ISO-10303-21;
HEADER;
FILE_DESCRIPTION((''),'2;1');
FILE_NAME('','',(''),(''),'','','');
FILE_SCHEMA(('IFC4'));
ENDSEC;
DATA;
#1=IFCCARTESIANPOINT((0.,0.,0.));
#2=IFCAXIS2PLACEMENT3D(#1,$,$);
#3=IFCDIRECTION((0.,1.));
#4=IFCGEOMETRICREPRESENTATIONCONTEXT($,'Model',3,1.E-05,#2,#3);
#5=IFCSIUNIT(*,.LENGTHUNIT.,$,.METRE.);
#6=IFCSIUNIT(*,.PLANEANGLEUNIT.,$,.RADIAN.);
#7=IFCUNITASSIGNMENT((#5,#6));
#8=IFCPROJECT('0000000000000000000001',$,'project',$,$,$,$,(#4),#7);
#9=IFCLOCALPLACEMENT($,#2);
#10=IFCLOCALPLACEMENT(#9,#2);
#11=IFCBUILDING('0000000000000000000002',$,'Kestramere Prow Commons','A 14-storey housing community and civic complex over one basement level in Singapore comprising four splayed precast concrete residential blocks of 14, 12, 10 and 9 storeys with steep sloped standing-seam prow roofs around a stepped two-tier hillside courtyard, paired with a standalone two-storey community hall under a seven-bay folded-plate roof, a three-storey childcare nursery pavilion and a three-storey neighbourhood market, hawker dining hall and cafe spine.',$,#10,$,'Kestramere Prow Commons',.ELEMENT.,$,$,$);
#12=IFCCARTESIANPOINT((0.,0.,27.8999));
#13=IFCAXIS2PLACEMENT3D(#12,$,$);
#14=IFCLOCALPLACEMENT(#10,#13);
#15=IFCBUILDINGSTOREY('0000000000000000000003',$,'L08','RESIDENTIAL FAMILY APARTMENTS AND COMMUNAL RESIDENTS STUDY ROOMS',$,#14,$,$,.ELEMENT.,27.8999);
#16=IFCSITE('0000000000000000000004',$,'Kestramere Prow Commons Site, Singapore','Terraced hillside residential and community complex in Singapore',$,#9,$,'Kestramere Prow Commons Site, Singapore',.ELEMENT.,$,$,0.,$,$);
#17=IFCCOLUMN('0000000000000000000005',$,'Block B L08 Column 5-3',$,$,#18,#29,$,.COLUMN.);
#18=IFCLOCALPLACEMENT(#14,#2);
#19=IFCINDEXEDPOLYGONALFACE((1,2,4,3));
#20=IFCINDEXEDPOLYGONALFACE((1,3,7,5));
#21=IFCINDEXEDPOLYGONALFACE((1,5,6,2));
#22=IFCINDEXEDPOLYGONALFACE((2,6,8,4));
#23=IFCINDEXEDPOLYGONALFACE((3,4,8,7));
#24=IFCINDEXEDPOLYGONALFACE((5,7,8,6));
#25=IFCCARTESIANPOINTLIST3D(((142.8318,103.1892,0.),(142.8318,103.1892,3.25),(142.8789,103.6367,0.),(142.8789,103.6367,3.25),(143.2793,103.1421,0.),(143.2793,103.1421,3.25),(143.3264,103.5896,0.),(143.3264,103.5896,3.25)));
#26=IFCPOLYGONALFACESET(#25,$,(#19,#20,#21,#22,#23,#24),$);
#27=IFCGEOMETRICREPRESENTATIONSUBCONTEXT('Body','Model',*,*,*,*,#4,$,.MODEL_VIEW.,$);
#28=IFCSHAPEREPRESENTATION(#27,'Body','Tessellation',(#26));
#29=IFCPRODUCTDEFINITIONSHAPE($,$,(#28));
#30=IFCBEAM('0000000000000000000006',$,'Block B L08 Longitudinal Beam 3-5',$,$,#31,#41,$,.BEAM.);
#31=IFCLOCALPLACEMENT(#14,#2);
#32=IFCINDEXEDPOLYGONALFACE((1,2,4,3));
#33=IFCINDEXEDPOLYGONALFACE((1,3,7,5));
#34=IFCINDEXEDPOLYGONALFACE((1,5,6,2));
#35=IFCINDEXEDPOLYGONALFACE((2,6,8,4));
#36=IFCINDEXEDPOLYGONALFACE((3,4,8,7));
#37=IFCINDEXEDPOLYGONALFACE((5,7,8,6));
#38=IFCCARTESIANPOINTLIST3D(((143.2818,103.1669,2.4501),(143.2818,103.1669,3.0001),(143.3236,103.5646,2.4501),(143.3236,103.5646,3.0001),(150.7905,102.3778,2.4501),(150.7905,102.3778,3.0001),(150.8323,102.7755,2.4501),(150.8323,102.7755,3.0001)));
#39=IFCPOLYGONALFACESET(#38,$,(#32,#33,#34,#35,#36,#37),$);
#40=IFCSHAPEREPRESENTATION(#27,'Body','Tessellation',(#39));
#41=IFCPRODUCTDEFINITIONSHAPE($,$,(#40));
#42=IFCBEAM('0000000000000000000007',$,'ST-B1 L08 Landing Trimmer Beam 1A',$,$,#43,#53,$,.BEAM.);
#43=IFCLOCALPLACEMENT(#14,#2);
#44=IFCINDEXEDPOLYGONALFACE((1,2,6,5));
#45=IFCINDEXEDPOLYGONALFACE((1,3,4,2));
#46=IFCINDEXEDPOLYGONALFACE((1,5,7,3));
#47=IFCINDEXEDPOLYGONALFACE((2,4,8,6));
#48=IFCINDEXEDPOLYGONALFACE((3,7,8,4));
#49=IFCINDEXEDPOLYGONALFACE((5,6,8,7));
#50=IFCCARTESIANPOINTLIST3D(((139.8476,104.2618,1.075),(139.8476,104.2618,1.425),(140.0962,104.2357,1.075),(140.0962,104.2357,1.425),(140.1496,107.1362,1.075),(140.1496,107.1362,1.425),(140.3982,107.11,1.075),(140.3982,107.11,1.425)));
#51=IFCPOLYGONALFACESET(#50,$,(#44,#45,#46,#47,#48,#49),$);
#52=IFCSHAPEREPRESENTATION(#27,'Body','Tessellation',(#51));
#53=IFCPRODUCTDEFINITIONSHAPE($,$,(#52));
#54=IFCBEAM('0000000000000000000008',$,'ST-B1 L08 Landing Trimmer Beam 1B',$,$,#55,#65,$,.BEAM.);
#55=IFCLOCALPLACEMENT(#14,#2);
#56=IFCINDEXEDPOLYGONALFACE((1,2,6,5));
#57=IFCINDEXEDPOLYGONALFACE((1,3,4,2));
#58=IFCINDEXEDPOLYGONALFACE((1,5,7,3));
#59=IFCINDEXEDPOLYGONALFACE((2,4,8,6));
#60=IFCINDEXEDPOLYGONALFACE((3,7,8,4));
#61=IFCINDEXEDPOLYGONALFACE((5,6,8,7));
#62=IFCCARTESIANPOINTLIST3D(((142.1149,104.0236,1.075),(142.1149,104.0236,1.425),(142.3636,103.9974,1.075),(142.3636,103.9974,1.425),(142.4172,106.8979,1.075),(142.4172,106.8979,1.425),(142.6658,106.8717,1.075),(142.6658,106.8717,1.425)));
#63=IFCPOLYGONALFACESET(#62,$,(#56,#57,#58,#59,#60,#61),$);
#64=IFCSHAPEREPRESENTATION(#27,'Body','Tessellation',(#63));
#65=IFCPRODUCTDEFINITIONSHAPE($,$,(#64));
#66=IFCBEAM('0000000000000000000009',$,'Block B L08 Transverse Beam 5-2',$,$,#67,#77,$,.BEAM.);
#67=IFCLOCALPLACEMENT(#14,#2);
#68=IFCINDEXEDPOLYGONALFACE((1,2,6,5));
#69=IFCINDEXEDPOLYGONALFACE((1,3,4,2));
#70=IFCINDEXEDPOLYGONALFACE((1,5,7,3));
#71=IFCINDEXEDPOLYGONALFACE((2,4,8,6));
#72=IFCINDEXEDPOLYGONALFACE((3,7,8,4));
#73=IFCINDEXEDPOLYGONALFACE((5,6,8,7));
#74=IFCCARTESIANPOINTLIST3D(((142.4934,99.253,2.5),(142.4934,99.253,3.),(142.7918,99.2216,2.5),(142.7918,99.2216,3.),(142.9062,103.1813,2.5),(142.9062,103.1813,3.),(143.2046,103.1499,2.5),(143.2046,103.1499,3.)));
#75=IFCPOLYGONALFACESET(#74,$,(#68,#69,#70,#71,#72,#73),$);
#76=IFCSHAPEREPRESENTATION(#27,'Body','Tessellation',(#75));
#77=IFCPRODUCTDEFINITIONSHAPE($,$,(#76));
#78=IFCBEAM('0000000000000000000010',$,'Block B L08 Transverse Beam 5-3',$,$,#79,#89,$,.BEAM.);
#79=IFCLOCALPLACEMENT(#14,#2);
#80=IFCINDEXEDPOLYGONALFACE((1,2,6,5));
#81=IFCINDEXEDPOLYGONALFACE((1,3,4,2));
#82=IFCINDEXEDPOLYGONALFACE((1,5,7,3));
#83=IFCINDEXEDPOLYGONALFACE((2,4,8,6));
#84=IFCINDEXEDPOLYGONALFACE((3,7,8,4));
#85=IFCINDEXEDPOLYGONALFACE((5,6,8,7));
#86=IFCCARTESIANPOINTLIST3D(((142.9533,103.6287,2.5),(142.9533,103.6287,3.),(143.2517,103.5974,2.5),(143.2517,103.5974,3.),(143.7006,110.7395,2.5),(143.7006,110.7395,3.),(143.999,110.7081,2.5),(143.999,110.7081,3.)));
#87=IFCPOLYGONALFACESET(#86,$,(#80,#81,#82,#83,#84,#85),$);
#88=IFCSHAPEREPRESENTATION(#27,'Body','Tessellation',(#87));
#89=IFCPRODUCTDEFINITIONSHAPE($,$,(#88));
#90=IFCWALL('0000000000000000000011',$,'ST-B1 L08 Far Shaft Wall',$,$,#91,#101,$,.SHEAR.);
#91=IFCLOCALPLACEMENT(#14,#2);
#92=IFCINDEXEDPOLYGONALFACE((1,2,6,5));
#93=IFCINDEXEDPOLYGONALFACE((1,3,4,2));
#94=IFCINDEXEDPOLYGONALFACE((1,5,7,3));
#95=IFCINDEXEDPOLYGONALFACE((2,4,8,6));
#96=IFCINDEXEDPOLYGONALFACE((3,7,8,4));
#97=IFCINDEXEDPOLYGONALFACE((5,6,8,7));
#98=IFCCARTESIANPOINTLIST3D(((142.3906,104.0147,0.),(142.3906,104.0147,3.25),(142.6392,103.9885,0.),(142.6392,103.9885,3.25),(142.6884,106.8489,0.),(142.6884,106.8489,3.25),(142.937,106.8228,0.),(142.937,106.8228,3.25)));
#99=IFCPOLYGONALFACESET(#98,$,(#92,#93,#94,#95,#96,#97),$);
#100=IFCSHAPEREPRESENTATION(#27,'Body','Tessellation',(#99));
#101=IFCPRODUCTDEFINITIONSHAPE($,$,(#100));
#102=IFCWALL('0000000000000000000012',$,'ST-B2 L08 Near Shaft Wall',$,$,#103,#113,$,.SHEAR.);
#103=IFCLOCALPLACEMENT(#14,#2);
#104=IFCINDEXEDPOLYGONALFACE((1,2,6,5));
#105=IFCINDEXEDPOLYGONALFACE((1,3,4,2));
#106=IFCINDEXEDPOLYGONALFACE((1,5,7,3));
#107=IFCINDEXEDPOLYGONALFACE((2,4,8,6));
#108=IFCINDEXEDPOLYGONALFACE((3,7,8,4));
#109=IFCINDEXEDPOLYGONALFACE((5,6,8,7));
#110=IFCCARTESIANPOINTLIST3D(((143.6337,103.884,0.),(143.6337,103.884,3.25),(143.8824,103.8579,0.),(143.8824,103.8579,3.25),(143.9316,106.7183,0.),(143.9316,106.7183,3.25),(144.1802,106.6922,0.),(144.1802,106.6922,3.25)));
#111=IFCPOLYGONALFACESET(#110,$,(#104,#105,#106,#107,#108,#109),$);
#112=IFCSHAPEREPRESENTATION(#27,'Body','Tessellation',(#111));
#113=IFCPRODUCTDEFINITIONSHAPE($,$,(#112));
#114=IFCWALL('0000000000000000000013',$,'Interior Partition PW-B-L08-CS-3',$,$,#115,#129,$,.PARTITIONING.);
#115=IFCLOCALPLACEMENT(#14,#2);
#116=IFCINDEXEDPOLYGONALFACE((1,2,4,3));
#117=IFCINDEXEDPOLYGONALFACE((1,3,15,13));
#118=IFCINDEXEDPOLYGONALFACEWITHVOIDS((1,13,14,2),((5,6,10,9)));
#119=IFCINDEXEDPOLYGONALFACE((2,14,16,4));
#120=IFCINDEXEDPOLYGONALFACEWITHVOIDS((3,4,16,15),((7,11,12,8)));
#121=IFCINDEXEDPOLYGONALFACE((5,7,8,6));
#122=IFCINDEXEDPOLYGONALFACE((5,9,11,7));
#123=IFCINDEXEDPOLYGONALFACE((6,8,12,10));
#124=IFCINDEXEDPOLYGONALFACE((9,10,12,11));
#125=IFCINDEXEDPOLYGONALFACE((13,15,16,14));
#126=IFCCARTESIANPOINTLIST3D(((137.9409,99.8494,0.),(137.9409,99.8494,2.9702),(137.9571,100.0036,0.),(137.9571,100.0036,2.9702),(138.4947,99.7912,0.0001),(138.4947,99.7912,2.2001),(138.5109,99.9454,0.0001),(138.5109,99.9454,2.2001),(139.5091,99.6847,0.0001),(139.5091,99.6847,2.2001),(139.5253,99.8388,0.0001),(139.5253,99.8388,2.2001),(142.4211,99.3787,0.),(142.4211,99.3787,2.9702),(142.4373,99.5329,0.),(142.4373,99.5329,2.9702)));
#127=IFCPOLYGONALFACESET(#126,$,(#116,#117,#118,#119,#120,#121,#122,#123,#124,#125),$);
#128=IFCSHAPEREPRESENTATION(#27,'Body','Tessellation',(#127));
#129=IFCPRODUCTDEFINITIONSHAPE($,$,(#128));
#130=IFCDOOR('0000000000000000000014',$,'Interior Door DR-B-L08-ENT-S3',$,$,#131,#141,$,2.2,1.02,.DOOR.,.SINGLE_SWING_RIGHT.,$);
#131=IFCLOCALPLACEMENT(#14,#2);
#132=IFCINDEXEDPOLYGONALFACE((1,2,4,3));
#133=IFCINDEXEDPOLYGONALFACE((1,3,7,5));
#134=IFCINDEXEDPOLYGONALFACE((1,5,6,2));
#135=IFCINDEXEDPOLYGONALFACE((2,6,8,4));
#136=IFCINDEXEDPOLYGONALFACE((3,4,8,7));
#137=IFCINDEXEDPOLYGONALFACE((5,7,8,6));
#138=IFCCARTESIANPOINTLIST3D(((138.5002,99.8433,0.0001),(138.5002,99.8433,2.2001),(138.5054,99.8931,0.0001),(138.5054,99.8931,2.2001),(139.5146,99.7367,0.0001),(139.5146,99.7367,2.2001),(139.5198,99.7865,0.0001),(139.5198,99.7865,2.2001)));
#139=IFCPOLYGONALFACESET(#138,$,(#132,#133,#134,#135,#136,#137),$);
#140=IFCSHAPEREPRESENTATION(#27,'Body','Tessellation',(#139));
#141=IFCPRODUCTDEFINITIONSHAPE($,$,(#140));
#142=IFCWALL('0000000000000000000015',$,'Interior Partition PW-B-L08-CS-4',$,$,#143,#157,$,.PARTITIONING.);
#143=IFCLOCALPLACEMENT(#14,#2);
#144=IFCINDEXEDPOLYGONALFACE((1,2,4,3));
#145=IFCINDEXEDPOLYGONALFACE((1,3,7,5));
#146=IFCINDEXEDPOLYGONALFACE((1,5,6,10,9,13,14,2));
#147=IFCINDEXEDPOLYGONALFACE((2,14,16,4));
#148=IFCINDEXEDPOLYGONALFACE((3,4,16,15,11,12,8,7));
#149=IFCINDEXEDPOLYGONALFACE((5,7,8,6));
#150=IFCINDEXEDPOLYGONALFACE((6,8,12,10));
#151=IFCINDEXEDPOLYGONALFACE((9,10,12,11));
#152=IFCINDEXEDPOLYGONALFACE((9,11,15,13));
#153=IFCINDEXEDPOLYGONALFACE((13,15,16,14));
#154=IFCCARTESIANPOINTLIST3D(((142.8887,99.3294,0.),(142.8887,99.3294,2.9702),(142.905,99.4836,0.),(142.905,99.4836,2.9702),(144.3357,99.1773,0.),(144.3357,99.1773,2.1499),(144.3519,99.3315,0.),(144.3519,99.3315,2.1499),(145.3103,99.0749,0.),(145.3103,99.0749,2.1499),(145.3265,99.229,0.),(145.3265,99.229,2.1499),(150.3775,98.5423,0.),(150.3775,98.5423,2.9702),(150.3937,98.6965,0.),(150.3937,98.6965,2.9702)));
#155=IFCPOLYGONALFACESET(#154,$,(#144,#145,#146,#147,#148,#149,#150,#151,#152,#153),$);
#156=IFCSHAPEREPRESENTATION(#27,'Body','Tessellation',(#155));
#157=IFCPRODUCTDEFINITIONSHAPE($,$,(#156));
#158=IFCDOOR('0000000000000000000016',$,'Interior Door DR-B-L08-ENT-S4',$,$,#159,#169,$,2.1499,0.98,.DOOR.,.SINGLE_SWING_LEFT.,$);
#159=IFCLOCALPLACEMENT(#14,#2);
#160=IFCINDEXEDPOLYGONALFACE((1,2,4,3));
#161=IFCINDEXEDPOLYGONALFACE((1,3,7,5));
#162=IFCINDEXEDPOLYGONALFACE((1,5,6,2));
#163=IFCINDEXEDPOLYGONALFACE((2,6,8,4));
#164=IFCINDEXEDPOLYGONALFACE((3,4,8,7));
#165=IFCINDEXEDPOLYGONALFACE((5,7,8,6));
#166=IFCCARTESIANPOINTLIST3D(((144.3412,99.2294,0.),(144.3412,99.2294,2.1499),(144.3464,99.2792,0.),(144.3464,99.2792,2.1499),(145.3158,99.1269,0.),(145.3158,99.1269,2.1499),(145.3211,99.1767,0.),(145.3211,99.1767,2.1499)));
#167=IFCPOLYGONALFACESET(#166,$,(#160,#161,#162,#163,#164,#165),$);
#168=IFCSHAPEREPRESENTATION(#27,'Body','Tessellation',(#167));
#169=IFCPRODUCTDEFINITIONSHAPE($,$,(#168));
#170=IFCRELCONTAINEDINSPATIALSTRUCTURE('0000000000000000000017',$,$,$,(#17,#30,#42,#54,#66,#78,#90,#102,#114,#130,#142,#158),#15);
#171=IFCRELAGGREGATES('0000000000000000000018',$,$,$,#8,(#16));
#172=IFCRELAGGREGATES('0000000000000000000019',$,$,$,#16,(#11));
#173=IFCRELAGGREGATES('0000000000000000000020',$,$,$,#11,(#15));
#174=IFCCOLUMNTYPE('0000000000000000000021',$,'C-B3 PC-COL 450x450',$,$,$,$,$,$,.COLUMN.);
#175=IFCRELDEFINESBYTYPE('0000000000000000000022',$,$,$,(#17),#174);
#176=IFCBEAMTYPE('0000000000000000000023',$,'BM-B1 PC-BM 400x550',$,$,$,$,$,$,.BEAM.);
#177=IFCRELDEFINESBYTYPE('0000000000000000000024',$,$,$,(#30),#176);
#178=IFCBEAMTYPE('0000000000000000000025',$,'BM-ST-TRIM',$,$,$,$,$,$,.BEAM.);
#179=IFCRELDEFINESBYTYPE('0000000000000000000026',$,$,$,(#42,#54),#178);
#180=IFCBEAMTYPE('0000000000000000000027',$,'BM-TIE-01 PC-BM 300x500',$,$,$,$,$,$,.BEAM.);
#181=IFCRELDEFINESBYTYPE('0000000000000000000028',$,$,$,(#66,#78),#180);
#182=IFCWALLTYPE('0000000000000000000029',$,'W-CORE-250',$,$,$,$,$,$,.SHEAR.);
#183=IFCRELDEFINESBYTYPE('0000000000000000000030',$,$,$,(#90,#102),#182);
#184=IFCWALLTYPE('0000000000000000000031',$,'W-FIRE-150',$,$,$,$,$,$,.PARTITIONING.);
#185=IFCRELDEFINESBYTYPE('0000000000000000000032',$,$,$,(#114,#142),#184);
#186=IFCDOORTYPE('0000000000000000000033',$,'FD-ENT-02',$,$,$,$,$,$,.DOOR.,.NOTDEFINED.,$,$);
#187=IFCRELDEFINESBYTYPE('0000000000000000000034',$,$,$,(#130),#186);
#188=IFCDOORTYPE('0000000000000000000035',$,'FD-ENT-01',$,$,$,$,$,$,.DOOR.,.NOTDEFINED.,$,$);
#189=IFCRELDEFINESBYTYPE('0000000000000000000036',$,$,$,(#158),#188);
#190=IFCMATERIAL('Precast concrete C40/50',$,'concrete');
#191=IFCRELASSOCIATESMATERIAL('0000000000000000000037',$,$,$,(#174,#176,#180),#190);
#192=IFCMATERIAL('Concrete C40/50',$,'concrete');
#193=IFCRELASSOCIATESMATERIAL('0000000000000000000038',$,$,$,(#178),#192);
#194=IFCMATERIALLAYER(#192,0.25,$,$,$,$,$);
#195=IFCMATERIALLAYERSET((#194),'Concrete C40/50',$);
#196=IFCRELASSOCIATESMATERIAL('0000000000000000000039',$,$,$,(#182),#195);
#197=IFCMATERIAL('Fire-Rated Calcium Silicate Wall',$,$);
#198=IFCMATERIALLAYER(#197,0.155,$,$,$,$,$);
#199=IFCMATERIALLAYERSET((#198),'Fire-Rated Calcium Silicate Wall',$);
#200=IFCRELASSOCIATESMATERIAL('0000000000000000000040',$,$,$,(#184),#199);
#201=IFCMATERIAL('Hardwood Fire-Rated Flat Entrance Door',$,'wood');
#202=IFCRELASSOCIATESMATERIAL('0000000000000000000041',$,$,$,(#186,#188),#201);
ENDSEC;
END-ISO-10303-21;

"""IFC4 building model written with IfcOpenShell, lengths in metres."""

from ifc_helpers import new_model, si_unit, direction, frame, frame_2d, origin, origin_2d, place, context, subcontext, project, spatial, rectangle, extrude, material, layer, layer_set, material_profile, profile_set, type_object, element, fill, save


model = new_model("IFC4")

# Units and contexts
model_context = context("Model", 3, precision=1e-05, world=origin(), true_north=direction((0.0, 1.0)))
body_context = subcontext(model_context, "Body", "Model", "MODEL_VIEW")
ifc_project = project(units=[si_unit("LENGTHUNIT", "METRE"), si_unit("PLANEANGLEUNIT", "RADIAN")], contexts=[model_context])

# Site, building, storey
site_placement = place(None, origin())
site = spatial("IfcSite", under=ifc_project, at=site_placement, Name="Kestramere Prow Commons Site, Singapore", Description="Terraced hillside residential and community complex in Singapore", LongName="Kestramere Prow Commons Site, Singapore", CompositionType="ELEMENT", RefElevation=0.0)
building_placement = place(site_placement, origin())
building = spatial("IfcBuilding", under=site, at=building_placement, Name="Kestramere Prow Commons", Description="A 14-storey housing community and civic complex over one basement level in Singapore comprising four splayed precast concrete residential blocks of 14, 12, 10 and 9 storeys with steep sloped standing-seam prow roofs around a stepped two-tier hillside courtyard, paired with a standalone two-storey community hall under a seven-bay folded-plate roof, a three-storey childcare nursery pavilion and a three-storey neighbourhood market, hawker dining hall and cafe spine.", LongName="Kestramere Prow Commons", CompositionType="ELEMENT")
storey_placement = place(building_placement, frame((0.0, 0.0, 27.8999)))
storey = spatial("IfcBuildingStorey", under=building, at=storey_placement, Name="L08", Description="RESIDENTIAL FAMILY APARTMENTS AND COMMUNAL RESIDENTS STUDY ROOMS", CompositionType="ELEMENT", Elevation=27.8999)

# Column
ifc_material_1 = material(Name="Precast concrete C40/50", Category="concrete")
ifc_material_profile_1 = material_profile(ifc_material_1, rectangle(XDim=0.45, YDim=0.45, at=origin_2d()), Name="PC-COL 450x450")
ifc_profile_set_1 = profile_set([ifc_material_profile_1], Name="Precast concrete C40/50")
column_type = type_object("IfcColumnType", Name="C-B3 PC-COL 450x450", PredefinedType="COLUMN", material=ifc_profile_set_1)
column_placement = place(storey_placement, frame((143.0791, 103.3894, 0.0), z_axis=(0.0, 0.0, 1.0), x_axis=(0.994522, -0.104528, 0.0)))
element("IfcColumn", 1, at=column_placement, inside=storey, type_object=column_type, Name="Block B L08 Column 5-3", PredefinedType="COLUMN", context=body_context, shape_type="SweptSolid", body=[
    extrude(rectangle(XDim=0.45, YDim=0.45, at=origin_2d()), origin(), (0.0, 0.0, 1.0), 3.25),
])

# Beams
ifc_material_profile_2 = material_profile(ifc_material_1, rectangle(XDim=0.3999, YDim=0.55, at=origin_2d()), Name="PC-BM 400x550")
ifc_profile_set_2 = profile_set([ifc_material_profile_2], Name="Precast concrete C40/50")
beam_type_1 = type_object("IfcBeamType", Name="BM-B1 PC-BM 400x550", PredefinedType="BEAM", material=ifc_profile_set_2)
beam_1_placement = place(storey_placement, frame((143.3027, 103.3657, 2.7251), z_axis=(0.994524, -0.10451, 0.0), x_axis=(0.10451, 0.994524, 0.0)))
element("IfcBeam", 2, at=beam_1_placement, inside=storey, type_object=beam_type_1, Name="Block B L08 Longitudinal Beam 3-5", PredefinedType="BEAM", context=body_context, shape_type="SweptSolid", body=[
    extrude(rectangle(XDim=0.3999, YDim=0.55, at=origin_2d()), origin(), (0.0, 0.0, 1.0), 7.55),
])
ifc_material_2 = material(Name="Concrete C40/50", Category="concrete")
ifc_material_profile_3 = material_profile(ifc_material_2, rectangle(XDim=0.25, YDim=0.3501, at=origin_2d()), Name="PC-BM 250x350")
ifc_profile_set_3 = profile_set([ifc_material_profile_3], Name="Concrete C40/50")
beam_type_2 = type_object("IfcBeamType", Name="BM-ST-TRIM", PredefinedType="BEAM", material=ifc_profile_set_3)
for number, where, z_axis, x_axis, name in (
    (3, (139.9719, 104.2488, 1.25), (0.104496, 0.994525, 0.0), (-0.994525, 0.104496, 0.0), "ST-B1 L08 Landing Trimmer Beam 1A"),
    (4, (142.2393, 104.0105, 1.25), (0.104579, 0.994517, 0.0), (-0.994517, 0.104579, 0.0), "ST-B1 L08 Landing Trimmer Beam 1B"),
):
    element("IfcBeam", number, at=place(storey_placement, frame(where, z_axis=z_axis, x_axis=x_axis)), inside=storey, type_object=beam_type_2, Name=name, PredefinedType="BEAM", context=body_context, shape_type="SweptSolid", body=[
        extrude(rectangle(XDim=0.25, YDim=0.3501, at=origin_2d()), origin(), (0.0, 0.0, 1.0), 2.8901),
    ])
ifc_material_profile_4 = material_profile(ifc_material_1, rectangle(XDim=0.3, YDim=0.5, at=origin_2d()), Name="PC-BM 300x500")
ifc_profile_set_4 = profile_set([ifc_material_profile_4], Name="Precast concrete C40/50")
beam_type_3 = type_object("IfcBeamType", Name="BM-TIE-01 PC-BM 300x500", PredefinedType="BEAM", material=ifc_profile_set_4)
beam_2_placement = place(storey_placement, frame((142.6426, 99.2373, 2.75), z_axis=(0.104521, 0.994523, 0.0), x_axis=(-0.994523, 0.104521, 0.0)))
element("IfcBeam", 5, at=beam_2_placement, inside=storey, type_object=beam_type_3, Name="Block B L08 Transverse Beam 5-2", PredefinedType="BEAM", context=body_context, shape_type="SweptSolid", body=[
    extrude(rectangle(XDim=0.3, YDim=0.5, at=origin_2d()), origin(), (0.0, 0.0, 1.0), 3.95),
])
beam_3_placement = place(storey_placement, frame((143.1025, 103.613, 2.75), z_axis=(0.104519, 0.994523, 0.0), x_axis=(-0.994523, 0.104519, 0.0)))
element("IfcBeam", 6, at=beam_3_placement, inside=storey, type_object=beam_type_3, Name="Block B L08 Transverse Beam 5-3", PredefinedType="BEAM", context=body_context, shape_type="SweptSolid", body=[
    extrude(rectangle(XDim=0.3, YDim=0.5, at=origin_2d()), origin(), (0.0, 0.0, 1.0), 7.1499),
])

# Wall
ifc_layer_1 = layer(ifc_material_2, 0.25)
ifc_layer_set_1 = layer_set([ifc_layer_1], Name="Concrete C40/50")
wall_type_1 = type_object("IfcWallType", Name="W-CORE-250", PredefinedType="SHEAR", material=ifc_layer_set_1)
wall_1_placement = place(storey_placement, frame((142.5149, 104.0017, 0.0), z_axis=(0.0, 0.0, 1.0), x_axis=(0.104515, 0.994523, 0.0)))
element("IfcWall", 7, at=wall_1_placement, inside=storey, type_object=wall_type_1, Name="ST-B1 L08 Far Shaft Wall", PredefinedType="SHEAR", context=body_context, shape_type="SweptSolid", body=[
    extrude(rectangle(XDim=2.8499, YDim=0.25, at=frame_2d((1.4248, 0.0))), origin(), (0.0, 0.0, 1.0), 3.25),
])

# Wall
wall_2_placement = place(storey_placement, frame((143.7581, 103.8711, 0.0), z_axis=(0.0, 0.0, 1.0), x_axis=(0.104515, 0.994523, 0.0)))
element("IfcWall", 8, at=wall_2_placement, inside=storey, type_object=wall_type_1, Name="ST-B2 L08 Near Shaft Wall", PredefinedType="SHEAR", context=body_context, shape_type="SweptSolid", body=[
    extrude(rectangle(XDim=2.8499, YDim=0.25, at=frame_2d((1.4248, 0.0))), origin(), (0.0, 0.0, 1.0), 3.25),
])

# Walls, openings, doors
ifc_material_3 = material(Name="Fire-Rated Calcium Silicate Wall")
ifc_layer_2 = layer(ifc_material_3, 0.155)
ifc_layer_set_2 = layer_set([ifc_layer_2], Name="Fire-Rated Calcium Silicate Wall")
wall_type_2 = type_object("IfcWallType", Name="W-FIRE-150", PredefinedType="PARTITIONING", material=ifc_layer_set_2)
wall_3_placement = place(storey_placement, frame((137.949, 99.9265, 0.0), z_axis=(0.0, 0.0, 1.0), x_axis=(0.994526, -0.104487, 0.0)))
wall_3 = element("IfcWall", 9, at=wall_3_placement, inside=storey, type_object=wall_type_2, Name="Interior Partition PW-B-L08-CS-3", PredefinedType="PARTITIONING", context=body_context, shape_type="SweptSolid", body=[
    extrude(rectangle(XDim=4.5049, YDim=0.155, at=frame_2d((2.2524, 0.0))), origin(), (0.0, 0.0, 1.0), 2.9702),
])
opening_1_placement = place(wall_3_placement, frame((0.5569, 0.0, 0.0)))
opening_1 = element("IfcOpeningElement", 10, at=opening_1_placement, cuts=wall_3, PredefinedType="OPENING", context=body_context, shape_type="SweptSolid", body=[
    extrude(rectangle(XDim=1.02, YDim=2.2, at=frame_2d((0.51, 1.1001))), frame((0.0, 0.0925, 0.0), z_axis=(0.0, -1.0, 0.0), x_axis=(1.0, 0.0, 0.0)), (0.0, 0.0, 1.0), 0.1851),
])
ifc_material_4 = material(Name="Hardwood Fire-Rated Flat Entrance Door", Category="wood")
door_type_1 = type_object("IfcDoorType", Name="FD-ENT-02", OperationType="NOTDEFINED", PredefinedType="DOOR", material=ifc_material_4)
door_1_placement = place(opening_1_placement, origin())
door_1 = element("IfcDoor", 11, at=door_1_placement, inside=storey, type_object=door_type_1, Name="Interior Door DR-B-L08-ENT-S3", OperationType="SINGLE_SWING_RIGHT", OverallHeight=2.2, OverallWidth=1.02, PredefinedType="DOOR", context=body_context, shape_type="SweptSolid", body=[
    extrude(rectangle(XDim=1.02, YDim=2.2, at=frame_2d((0.51, 1.1001))), frame((0.0, 0.0249, 0.0), z_axis=(0.0, -1.0, 0.0), x_axis=(1.0, 0.0, 0.0)), (0.0, 0.0, 1.0), 0.05),
])
fill(opening_1, door_1)
wall_4_placement = place(storey_placement, frame((142.8967, 99.4065, 0.0), z_axis=(0.0, 0.0, 1.0), x_axis=(0.994522, -0.10453, 0.0)))
wall_4 = element("IfcWall", 12, at=wall_4_placement, inside=storey, type_object=wall_type_2, Name="Interior Partition PW-B-L08-CS-4", PredefinedType="PARTITIONING", context=body_context, shape_type="SweptSolid", body=[
    extrude(rectangle(XDim=7.53, YDim=0.155, at=frame_2d((3.7651, 0.0))), origin(), (0.0, 0.0, 1.0), 2.9702),
])
opening_2_placement = place(wall_4_placement, frame((1.4551, 0.0, 0.0)))
opening_2 = element("IfcOpeningElement", 13, at=opening_2_placement, cuts=wall_4, PredefinedType="OPENING", context=body_context, shape_type="SweptSolid", body=[
    extrude(rectangle(XDim=0.98, YDim=2.1499, at=frame_2d((0.49, 1.075))), frame((0.0, 0.0925, 0.0), z_axis=(0.0, -1.0, 0.0), x_axis=(1.0, 0.0, 0.0)), (0.0, 0.0, 1.0), 0.1851),
])
door_type_2 = type_object("IfcDoorType", Name="FD-ENT-01", OperationType="NOTDEFINED", PredefinedType="DOOR", material=ifc_material_4)
door_2_placement = place(opening_2_placement, origin())
door_2 = element("IfcDoor", 14, at=door_2_placement, inside=storey, type_object=door_type_2, Name="Interior Door DR-B-L08-ENT-S4", OperationType="SINGLE_SWING_LEFT", OverallHeight=2.1499, OverallWidth=0.98, PredefinedType="DOOR", context=body_context, shape_type="SweptSolid", body=[
    extrude(rectangle(XDim=0.98, YDim=2.1499, at=frame_2d((0.49, 1.075))), frame((0.0, 0.0249, 0.0), z_axis=(0.0, -1.0, 0.0), x_axis=(1.0, 0.0, 0.0)), (0.0, 0.0, 1.0), 0.05),
])
fill(opening_2, door_2)

save(model, "model.ifc")
